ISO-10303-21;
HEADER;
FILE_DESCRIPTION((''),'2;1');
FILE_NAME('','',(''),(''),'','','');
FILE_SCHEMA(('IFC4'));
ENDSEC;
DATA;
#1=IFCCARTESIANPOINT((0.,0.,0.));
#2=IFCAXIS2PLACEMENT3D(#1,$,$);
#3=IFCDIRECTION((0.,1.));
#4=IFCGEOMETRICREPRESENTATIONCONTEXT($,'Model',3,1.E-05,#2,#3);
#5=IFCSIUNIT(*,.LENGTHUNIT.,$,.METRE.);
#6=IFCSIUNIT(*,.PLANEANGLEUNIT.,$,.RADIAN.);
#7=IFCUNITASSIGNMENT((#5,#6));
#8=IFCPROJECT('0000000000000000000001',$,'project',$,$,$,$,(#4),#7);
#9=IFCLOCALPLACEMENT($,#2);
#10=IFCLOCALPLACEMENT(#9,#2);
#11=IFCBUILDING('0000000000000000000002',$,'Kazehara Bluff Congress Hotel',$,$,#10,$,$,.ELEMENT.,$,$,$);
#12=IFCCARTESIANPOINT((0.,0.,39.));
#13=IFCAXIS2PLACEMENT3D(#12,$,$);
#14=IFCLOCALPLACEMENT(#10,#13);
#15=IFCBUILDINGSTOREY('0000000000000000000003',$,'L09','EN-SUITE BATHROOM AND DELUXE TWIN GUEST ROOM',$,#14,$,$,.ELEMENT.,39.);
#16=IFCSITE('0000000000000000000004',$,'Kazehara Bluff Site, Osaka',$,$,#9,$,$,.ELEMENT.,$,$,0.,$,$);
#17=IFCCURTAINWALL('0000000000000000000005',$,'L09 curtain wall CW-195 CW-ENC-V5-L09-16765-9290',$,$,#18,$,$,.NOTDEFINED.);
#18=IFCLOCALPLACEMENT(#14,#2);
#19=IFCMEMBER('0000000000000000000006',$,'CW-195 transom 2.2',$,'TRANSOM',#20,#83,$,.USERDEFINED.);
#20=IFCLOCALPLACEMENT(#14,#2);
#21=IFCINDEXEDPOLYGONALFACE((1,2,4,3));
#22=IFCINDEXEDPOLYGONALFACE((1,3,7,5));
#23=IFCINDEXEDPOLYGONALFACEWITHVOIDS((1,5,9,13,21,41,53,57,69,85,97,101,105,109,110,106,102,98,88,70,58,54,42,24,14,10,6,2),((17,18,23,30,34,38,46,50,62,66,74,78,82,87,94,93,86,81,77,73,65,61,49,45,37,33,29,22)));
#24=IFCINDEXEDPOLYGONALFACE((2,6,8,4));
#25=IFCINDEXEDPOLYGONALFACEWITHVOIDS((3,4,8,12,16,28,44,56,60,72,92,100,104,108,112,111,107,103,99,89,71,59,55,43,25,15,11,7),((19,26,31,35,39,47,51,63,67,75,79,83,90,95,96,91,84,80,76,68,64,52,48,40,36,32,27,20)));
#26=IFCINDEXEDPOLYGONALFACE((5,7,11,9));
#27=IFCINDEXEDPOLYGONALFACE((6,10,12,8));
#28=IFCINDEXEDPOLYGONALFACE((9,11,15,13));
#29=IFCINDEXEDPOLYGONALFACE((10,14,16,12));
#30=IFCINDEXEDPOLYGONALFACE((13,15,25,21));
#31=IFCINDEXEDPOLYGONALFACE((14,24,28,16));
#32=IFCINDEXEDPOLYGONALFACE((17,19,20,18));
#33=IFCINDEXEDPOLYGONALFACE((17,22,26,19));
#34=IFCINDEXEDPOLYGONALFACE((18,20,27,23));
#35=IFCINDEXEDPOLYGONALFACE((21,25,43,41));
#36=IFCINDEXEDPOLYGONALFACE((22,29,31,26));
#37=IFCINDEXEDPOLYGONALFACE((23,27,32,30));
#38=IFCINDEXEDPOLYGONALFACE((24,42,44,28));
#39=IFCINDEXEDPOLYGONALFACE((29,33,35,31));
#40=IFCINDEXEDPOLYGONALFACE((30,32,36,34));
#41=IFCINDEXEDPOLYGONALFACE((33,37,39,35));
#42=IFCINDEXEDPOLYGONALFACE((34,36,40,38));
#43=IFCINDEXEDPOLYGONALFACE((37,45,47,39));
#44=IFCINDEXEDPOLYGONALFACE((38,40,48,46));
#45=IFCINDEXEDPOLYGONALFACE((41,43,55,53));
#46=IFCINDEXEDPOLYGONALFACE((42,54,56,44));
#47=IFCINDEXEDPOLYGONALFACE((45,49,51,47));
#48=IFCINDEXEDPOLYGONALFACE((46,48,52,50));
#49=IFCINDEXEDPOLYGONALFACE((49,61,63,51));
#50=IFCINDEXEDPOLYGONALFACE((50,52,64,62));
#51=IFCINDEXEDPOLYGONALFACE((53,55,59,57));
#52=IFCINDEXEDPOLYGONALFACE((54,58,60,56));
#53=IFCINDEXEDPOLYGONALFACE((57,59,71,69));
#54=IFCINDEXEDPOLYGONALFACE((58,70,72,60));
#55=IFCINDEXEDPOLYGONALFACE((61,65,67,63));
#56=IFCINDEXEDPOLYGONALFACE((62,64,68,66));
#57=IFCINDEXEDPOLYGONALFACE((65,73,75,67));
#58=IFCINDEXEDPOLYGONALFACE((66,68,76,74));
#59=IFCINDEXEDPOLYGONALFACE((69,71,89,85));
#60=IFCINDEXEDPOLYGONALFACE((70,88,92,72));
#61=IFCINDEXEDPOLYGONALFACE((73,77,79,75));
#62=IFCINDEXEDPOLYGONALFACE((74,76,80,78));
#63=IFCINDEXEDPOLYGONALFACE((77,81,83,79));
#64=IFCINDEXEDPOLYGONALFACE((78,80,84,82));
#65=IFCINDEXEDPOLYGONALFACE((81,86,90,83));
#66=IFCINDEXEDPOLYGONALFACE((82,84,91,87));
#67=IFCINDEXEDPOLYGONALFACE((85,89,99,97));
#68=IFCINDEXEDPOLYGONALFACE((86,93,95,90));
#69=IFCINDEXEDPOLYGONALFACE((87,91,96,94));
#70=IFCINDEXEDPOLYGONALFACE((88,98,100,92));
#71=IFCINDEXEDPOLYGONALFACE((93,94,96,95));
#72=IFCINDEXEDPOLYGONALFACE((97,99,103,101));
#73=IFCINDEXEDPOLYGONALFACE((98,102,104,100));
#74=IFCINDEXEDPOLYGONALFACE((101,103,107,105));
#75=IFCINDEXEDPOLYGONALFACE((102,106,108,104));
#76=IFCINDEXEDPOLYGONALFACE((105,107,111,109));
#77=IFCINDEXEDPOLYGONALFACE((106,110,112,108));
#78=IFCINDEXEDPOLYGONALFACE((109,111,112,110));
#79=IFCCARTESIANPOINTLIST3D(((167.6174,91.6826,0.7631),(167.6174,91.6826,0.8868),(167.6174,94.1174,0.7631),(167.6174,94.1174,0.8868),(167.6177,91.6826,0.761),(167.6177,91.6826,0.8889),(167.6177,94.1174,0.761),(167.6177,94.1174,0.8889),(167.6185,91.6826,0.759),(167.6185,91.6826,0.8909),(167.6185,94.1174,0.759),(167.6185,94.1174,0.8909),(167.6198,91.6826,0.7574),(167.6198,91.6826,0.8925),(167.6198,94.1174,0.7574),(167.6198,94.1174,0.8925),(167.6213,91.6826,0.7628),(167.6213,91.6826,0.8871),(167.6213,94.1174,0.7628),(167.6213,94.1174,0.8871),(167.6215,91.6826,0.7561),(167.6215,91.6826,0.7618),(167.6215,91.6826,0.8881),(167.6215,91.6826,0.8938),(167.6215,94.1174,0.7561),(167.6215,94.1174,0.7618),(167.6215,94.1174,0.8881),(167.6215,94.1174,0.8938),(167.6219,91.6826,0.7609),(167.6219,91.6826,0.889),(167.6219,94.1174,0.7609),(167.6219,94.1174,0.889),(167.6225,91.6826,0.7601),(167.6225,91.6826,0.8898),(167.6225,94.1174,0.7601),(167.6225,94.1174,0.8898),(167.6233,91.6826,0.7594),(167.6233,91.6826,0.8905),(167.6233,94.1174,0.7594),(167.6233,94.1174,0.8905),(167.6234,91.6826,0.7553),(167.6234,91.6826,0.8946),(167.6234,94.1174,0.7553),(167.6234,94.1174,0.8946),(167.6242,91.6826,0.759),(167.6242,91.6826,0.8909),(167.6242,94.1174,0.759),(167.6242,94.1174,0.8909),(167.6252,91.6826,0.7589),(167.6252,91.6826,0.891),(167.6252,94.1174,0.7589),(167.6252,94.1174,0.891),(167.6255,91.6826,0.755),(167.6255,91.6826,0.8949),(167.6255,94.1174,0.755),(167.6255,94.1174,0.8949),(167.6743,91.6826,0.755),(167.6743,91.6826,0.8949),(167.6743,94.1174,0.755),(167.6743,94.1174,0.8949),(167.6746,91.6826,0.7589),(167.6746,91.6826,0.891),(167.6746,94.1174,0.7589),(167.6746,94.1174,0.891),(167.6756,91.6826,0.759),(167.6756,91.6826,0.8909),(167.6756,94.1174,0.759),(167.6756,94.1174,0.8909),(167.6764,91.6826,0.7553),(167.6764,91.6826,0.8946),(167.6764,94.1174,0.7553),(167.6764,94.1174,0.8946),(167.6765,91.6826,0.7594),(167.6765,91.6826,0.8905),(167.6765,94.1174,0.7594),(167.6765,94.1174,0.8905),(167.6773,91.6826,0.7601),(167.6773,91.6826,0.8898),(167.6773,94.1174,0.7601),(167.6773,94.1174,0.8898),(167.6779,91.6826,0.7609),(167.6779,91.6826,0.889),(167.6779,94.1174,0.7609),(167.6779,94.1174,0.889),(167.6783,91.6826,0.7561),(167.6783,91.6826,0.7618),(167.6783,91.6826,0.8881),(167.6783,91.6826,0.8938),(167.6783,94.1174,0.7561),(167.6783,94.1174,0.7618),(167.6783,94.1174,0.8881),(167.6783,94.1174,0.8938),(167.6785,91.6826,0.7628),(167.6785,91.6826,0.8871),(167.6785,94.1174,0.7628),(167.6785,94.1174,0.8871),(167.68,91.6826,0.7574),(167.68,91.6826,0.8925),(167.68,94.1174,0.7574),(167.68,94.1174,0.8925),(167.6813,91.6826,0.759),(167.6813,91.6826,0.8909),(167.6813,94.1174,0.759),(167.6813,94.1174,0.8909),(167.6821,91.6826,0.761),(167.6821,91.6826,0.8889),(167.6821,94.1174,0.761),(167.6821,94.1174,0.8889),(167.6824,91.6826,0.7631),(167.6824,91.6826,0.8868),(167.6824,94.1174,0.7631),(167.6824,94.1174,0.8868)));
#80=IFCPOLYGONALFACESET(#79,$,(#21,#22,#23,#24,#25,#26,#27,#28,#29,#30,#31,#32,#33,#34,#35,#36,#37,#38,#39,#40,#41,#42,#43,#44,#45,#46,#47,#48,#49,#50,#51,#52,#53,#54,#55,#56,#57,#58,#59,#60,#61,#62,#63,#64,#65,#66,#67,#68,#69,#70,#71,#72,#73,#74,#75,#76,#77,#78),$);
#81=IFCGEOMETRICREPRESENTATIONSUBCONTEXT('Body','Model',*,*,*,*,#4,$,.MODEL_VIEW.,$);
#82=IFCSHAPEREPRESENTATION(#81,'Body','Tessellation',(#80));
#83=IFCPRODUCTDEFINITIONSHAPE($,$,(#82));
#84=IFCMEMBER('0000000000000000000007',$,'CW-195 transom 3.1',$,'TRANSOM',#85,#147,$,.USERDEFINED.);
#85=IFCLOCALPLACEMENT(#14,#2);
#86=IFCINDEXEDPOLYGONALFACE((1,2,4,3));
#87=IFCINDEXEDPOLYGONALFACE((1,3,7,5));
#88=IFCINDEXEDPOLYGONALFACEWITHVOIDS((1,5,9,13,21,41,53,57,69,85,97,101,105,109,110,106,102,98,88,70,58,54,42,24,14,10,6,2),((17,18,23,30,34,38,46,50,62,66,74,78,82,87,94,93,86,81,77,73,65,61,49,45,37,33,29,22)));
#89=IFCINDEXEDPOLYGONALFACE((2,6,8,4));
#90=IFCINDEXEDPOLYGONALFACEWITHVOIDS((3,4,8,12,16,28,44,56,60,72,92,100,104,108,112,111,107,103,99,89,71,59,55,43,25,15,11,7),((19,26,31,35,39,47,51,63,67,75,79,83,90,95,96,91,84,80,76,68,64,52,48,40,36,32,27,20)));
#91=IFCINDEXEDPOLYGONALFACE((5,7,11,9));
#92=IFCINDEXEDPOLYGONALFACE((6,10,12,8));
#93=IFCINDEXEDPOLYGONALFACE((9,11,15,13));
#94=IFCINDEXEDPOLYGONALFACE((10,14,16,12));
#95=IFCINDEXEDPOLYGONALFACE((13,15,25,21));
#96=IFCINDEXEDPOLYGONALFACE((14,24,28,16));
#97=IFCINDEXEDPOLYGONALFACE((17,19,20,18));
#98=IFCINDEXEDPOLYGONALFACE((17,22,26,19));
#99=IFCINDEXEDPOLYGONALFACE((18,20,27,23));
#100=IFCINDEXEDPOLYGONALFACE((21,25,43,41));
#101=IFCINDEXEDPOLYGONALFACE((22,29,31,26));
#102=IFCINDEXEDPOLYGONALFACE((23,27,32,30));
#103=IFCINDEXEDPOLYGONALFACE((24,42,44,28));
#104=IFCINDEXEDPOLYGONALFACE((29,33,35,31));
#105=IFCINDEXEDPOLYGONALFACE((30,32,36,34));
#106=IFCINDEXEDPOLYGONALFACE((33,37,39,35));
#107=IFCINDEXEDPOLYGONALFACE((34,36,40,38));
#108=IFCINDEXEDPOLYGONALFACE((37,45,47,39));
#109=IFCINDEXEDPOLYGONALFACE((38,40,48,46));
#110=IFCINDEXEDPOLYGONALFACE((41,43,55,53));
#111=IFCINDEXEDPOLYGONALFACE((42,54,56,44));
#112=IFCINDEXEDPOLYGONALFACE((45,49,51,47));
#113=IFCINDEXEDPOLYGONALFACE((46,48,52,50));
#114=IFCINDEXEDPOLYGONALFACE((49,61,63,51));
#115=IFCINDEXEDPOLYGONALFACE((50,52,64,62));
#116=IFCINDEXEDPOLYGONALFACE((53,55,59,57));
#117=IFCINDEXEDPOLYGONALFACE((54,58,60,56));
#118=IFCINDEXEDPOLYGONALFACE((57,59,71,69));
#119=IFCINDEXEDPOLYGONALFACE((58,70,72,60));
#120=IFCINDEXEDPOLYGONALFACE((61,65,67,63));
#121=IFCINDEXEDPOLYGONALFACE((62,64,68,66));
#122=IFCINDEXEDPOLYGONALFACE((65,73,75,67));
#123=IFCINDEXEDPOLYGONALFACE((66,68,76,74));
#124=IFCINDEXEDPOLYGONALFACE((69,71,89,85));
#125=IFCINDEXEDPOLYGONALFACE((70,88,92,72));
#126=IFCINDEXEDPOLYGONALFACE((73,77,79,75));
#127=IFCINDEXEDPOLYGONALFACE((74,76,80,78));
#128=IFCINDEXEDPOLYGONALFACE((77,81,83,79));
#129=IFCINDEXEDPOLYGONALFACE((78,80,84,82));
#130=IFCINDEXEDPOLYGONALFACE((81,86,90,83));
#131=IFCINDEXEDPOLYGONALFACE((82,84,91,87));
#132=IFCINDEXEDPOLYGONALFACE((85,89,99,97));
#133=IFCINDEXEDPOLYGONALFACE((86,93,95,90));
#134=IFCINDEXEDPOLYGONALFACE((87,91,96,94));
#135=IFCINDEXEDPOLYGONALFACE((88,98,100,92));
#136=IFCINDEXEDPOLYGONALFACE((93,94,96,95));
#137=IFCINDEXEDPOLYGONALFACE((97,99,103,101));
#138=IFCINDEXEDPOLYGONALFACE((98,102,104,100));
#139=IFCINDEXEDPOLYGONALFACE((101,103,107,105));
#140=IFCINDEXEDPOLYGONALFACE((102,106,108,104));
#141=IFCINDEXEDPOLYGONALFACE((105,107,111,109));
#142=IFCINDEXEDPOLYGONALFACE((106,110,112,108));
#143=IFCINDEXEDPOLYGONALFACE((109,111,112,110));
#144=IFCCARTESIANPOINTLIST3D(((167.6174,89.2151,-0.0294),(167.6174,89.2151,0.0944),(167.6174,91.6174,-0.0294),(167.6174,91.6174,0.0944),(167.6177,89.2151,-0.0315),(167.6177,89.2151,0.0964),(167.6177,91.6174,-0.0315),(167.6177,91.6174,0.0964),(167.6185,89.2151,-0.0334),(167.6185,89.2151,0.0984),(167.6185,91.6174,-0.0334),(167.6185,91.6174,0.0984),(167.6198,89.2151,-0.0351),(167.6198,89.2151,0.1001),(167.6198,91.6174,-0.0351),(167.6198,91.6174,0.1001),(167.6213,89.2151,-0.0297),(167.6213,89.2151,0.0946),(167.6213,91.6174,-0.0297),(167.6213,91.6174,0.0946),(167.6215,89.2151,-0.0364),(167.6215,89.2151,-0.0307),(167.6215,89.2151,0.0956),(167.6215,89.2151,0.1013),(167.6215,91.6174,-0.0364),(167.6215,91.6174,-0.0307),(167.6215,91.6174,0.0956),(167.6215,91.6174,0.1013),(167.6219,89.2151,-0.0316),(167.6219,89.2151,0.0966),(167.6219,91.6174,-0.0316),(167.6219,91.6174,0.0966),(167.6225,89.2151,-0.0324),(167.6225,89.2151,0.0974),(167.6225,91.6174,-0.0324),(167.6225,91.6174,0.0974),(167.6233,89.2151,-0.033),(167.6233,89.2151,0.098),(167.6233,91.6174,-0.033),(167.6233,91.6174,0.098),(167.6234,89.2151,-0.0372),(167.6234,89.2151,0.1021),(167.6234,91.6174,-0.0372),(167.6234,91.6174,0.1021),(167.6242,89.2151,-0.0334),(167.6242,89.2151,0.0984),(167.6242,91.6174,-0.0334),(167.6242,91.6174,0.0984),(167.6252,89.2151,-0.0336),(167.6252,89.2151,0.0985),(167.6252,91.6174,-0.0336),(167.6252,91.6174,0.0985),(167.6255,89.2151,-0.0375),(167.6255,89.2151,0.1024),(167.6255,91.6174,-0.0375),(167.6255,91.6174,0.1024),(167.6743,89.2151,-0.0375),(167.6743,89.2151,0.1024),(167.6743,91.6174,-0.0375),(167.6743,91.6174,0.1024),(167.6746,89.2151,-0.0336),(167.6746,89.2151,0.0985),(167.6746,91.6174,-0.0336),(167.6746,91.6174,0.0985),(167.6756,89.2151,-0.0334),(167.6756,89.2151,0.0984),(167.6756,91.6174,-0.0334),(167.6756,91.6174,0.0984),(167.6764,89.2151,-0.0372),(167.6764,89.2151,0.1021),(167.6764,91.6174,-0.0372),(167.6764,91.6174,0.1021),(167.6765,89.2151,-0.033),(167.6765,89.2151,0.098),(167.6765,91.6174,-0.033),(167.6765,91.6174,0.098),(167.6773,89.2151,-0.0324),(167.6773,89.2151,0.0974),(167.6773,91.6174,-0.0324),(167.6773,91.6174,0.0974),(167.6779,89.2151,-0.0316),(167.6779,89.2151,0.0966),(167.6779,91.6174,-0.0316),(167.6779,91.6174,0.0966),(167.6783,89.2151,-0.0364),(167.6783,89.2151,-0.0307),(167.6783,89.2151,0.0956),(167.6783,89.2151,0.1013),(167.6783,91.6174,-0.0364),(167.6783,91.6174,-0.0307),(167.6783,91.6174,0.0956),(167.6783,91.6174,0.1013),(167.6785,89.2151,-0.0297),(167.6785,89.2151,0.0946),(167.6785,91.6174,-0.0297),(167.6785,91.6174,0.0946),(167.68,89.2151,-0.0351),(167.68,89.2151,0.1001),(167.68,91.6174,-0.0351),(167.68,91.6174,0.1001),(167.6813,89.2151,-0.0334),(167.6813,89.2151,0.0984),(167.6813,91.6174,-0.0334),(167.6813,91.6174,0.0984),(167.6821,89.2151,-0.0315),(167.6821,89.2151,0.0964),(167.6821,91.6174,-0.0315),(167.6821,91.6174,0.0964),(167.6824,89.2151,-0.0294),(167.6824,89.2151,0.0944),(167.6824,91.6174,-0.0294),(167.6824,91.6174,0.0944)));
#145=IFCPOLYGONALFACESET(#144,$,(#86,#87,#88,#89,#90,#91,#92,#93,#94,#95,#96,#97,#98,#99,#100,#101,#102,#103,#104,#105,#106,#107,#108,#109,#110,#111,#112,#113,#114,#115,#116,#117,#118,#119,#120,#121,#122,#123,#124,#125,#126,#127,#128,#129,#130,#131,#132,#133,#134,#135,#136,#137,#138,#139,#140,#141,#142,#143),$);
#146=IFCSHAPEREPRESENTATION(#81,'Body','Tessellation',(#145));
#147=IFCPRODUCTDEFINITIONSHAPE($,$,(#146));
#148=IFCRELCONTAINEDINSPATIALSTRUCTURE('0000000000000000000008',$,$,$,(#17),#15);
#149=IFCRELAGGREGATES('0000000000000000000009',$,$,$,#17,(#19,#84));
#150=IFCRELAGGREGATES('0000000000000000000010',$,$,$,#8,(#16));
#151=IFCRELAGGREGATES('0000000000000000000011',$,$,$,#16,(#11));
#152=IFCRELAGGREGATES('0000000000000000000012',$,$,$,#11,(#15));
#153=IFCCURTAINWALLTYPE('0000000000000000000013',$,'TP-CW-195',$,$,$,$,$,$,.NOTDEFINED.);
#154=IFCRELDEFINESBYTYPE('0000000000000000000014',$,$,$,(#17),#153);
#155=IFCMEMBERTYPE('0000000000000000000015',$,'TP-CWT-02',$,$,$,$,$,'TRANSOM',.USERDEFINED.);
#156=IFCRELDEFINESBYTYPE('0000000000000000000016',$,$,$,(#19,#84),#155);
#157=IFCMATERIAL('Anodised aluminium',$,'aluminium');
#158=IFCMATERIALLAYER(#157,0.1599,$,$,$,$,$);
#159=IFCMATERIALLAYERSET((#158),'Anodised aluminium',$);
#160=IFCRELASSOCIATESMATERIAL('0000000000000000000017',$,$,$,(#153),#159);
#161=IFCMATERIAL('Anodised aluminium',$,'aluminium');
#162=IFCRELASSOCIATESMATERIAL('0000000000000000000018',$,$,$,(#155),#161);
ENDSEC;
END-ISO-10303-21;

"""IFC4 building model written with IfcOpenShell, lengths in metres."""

from ifc_helpers import new_model, si_unit, direction, frame, origin, origin_2d, place, context, subcontext, project, spatial, hollow_rectangle, extrude, material, layer, layer_set, material_profile, profile_set, type_object, element, aggregate, save


model = new_model("IFC4")

# Units and contexts
model_context = context("Model", 3, precision=1e-05, world=origin(), true_north=direction((0.0, 1.0)))
body_context = subcontext(model_context, "Body", "Model", "MODEL_VIEW")
ifc_project = project(units=[si_unit("LENGTHUNIT", "METRE"), si_unit("PLANEANGLEUNIT", "RADIAN")], contexts=[model_context])

# Site, building, storey
site_placement = place(None, origin())
site = spatial("IfcSite", under=ifc_project, at=site_placement, Name="Kazehara Bluff Site, Osaka", CompositionType="ELEMENT", RefElevation=0.0)
building_placement = place(site_placement, origin())
building = spatial("IfcBuilding", under=site, at=building_placement, Name="Kazehara Bluff Congress Hotel", CompositionType="ELEMENT")
storey_placement = place(building_placement, frame((0.0, 0.0, 39.0)))
storey = spatial("IfcBuildingStorey", under=building, at=storey_placement, Name="L09", Description="EN-SUITE BATHROOM AND DELUXE TWIN GUEST ROOM", CompositionType="ELEMENT", Elevation=39.0)

# Curtain wall
ifc_material_1 = material(Name="Anodised aluminium", Category="aluminium")
ifc_layer_1 = layer(ifc_material_1, 0.1599)
ifc_layer_set_1 = layer_set([ifc_layer_1], Name="Anodised aluminium")
curtain_wall_type_1 = type_object("IfcCurtainWallType", Name="TP-CW-195", PredefinedType="NOTDEFINED", material=ifc_layer_set_1)
curtain_wall_1_placement = place(storey_placement, origin())
curtain_wall_1 = element("IfcCurtainWall", 1, at=curtain_wall_1_placement, inside=storey, type_object=curtain_wall_type_1, Name="L09 curtain wall CW-195 CW-ENC-V5-L09-16765-9290", PredefinedType="NOTDEFINED")

# Members
ifc_material_2 = material(Name="Anodised aluminium", Category="aluminium")
ifc_material_profile_1 = material_profile(ifc_material_2, hollow_rectangle(XDim=0.0649, YDim=0.1399, WallThickness=0.0039, InnerFilletRadius=0.0039, OuterFilletRadius=0.0081, at=origin_2d()))
ifc_profile_set_1 = profile_set([ifc_material_profile_1], Name="Anodised aluminium")
member_type_1 = type_object("IfcMemberType", Name="TP-CWT-02", ElementType="TRANSOM", PredefinedType="USERDEFINED", material=ifc_profile_set_1)
member_1_placement = place(storey_placement, frame((167.6499, 94.1174, 0.825), z_axis=(0.0, -1.0, 0.0), x_axis=(1.0, 0.0, 0.0)))
member_1 = element("IfcMember", 2, at=member_1_placement, type_object=member_type_1, Name="CW-195 transom 2.2", ObjectType="TRANSOM", PredefinedType="USERDEFINED", context=body_context, shape_type="SweptSolid", body=[
    extrude(hollow_rectangle(XDim=0.0649, YDim=0.1399, WallThickness=0.0039, InnerFilletRadius=0.0039, OuterFilletRadius=0.0081, at=origin_2d()), origin(), (0.0, 0.0, 1.0), 2.4348),
])
member_2_placement = place(storey_placement, frame((167.6499, 91.6174, 0.0325), z_axis=(0.0, -1.0, 0.0), x_axis=(1.0, 0.0, 0.0)))
member_2 = element("IfcMember", 3, at=member_2_placement, type_object=member_type_1, Name="CW-195 transom 3.1", ObjectType="TRANSOM", PredefinedType="USERDEFINED", context=body_context, shape_type="SweptSolid", body=[
    extrude(hollow_rectangle(XDim=0.0649, YDim=0.1399, WallThickness=0.0039, InnerFilletRadius=0.0039, OuterFilletRadius=0.0081, at=origin_2d()), origin(), (0.0, 0.0, 1.0), 2.4023),
])

aggregate(curtain_wall_1, [member_1, member_2])

save(model, "model.ifc")
